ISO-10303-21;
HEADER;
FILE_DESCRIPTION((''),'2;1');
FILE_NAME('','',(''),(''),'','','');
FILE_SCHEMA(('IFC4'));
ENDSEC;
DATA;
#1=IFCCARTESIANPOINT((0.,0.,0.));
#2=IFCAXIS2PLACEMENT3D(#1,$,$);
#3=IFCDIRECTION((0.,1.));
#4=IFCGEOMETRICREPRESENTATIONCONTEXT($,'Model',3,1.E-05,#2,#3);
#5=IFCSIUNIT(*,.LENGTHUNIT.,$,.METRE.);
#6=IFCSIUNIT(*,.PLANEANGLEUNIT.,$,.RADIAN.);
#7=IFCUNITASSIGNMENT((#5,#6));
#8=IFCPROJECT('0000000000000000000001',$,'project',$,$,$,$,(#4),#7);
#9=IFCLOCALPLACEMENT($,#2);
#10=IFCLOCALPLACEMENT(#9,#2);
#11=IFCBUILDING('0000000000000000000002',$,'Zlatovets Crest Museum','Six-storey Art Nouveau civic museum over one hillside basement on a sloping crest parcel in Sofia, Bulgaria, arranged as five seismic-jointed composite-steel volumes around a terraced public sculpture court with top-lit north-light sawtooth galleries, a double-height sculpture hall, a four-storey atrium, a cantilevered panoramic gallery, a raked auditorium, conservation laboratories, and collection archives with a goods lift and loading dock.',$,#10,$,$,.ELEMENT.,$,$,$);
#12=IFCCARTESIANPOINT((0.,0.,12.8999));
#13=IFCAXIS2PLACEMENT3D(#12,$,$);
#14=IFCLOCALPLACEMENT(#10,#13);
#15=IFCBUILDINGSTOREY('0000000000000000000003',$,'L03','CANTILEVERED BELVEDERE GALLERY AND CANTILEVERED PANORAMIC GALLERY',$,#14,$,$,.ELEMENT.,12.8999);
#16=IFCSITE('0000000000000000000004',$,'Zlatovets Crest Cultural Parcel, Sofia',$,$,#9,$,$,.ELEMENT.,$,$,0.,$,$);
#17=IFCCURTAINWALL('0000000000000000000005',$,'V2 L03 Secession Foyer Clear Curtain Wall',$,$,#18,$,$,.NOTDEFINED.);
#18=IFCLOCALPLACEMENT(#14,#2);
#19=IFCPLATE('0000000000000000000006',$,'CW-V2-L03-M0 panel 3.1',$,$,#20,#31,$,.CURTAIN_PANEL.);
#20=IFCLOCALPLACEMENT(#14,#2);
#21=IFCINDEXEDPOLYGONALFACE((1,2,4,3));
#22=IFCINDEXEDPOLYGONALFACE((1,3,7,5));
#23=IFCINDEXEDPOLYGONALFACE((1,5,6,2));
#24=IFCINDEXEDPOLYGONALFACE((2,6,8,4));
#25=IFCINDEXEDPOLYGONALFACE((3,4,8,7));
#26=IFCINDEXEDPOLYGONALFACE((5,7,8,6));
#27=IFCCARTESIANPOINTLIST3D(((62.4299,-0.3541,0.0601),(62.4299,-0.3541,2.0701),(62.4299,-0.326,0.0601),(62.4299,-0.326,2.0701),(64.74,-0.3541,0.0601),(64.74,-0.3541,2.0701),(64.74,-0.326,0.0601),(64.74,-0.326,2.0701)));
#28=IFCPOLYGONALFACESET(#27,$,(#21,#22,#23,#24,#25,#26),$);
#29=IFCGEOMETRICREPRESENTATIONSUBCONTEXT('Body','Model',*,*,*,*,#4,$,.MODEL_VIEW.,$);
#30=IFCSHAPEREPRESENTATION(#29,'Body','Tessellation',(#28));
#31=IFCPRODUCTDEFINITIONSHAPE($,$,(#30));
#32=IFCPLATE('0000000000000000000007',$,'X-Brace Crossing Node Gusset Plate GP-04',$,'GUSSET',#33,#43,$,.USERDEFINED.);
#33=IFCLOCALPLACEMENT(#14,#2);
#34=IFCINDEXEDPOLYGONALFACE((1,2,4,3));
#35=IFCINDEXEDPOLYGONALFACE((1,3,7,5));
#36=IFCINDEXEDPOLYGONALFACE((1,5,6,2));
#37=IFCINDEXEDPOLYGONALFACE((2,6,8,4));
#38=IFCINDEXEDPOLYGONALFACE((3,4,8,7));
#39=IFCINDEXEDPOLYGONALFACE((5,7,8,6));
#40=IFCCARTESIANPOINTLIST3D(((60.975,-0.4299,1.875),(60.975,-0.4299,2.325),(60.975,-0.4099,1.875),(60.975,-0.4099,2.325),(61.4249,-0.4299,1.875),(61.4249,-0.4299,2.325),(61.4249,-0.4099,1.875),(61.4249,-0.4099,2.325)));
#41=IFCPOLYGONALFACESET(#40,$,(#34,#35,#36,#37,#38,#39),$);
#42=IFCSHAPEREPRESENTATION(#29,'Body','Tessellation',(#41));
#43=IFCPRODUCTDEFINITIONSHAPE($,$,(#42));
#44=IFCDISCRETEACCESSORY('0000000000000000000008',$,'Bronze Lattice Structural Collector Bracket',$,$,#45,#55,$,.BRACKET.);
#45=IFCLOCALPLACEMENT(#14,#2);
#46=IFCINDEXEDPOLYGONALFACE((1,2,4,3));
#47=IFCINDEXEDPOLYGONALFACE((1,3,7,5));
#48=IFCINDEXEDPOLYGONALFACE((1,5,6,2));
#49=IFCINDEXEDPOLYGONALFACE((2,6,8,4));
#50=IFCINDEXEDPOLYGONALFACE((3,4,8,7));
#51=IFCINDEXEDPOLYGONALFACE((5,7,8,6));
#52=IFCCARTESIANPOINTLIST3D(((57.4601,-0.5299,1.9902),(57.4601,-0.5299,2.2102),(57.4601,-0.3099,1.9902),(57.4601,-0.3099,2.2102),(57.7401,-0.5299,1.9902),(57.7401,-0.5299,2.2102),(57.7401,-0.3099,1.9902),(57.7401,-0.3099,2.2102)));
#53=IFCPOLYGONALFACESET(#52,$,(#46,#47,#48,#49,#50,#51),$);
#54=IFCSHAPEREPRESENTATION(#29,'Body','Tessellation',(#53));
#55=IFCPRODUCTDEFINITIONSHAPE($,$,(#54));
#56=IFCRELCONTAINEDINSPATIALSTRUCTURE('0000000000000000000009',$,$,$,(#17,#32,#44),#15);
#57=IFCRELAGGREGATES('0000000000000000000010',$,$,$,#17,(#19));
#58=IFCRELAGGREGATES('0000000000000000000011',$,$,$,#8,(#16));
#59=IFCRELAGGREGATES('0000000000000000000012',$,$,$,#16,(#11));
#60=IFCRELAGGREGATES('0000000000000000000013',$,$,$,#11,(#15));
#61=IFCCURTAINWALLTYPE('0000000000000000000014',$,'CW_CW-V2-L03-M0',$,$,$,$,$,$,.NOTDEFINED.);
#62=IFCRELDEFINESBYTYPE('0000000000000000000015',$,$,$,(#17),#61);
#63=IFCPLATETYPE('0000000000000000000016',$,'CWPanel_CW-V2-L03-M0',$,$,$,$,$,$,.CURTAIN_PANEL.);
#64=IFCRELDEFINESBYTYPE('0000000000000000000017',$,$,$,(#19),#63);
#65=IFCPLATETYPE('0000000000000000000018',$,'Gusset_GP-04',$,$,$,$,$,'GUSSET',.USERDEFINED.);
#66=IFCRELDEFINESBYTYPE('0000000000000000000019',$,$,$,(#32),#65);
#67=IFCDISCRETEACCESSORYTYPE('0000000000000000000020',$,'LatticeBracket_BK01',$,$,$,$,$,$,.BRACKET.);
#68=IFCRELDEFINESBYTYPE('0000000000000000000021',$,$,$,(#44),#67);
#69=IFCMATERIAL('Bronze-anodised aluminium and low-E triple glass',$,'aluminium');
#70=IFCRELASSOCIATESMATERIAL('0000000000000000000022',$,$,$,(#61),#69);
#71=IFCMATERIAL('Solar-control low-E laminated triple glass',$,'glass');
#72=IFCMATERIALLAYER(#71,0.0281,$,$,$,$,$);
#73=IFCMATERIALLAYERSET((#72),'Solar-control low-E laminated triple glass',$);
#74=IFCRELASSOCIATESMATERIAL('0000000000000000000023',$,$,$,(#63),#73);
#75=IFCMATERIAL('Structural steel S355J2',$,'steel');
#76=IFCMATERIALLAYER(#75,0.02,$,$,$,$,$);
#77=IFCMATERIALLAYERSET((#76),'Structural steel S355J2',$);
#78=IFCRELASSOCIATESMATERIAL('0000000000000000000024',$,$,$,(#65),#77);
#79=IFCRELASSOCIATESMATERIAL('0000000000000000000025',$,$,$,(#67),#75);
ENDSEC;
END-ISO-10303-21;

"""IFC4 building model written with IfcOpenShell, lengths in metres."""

from ifc_helpers import new_model, si_unit, direction, frame, origin, origin_2d, place, context, subcontext, project, spatial, rectangle, extrude, material, layer, layer_set, type_object, element, aggregate, save


model = new_model("IFC4")

# Units and contexts
model_context = context("Model", 3, precision=1e-05, world=origin(), true_north=direction((0.0, 1.0)))
body_context = subcontext(model_context, "Body", "Model", "MODEL_VIEW")
ifc_project = project(units=[si_unit("LENGTHUNIT", "METRE"), si_unit("PLANEANGLEUNIT", "RADIAN")], contexts=[model_context])

# Site, building, storey
site_placement = place(None, origin())
site = spatial("IfcSite", under=ifc_project, at=site_placement, Name="Zlatovets Crest Cultural Parcel, Sofia", CompositionType="ELEMENT", RefElevation=0.0)
building_placement = place(site_placement, origin())
building = spatial("IfcBuilding", under=site, at=building_placement, Name="Zlatovets Crest Museum", Description="Six-storey Art Nouveau civic museum over one hillside basement on a sloping crest parcel in Sofia, Bulgaria, arranged as five seismic-jointed composite-steel volumes around a terraced public sculpture court with top-lit north-light sawtooth galleries, a double-height sculpture hall, a four-storey atrium, a cantilevered panoramic gallery, a raked auditorium, conservation laboratories, and collection archives with a goods lift and loading dock.", CompositionType="ELEMENT")
storey_placement = place(building_placement, frame((0.0, 0.0, 12.8999)))
storey = spatial("IfcBuildingStorey", under=building, at=storey_placement, Name="L03", Description="CANTILEVERED BELVEDERE GALLERY AND CANTILEVERED PANORAMIC GALLERY", CompositionType="ELEMENT", Elevation=12.8999)

# Curtain wall
ifc_material_1 = material(Name="Bronze-anodised aluminium and low-E triple glass", Category="aluminium")
curtain_wall_type = type_object("IfcCurtainWallType", Name="CW_CW-V2-L03-M0", PredefinedType="NOTDEFINED", material=ifc_material_1)
curtain_wall_placement = place(storey_placement, origin())
curtain_wall = element("IfcCurtainWall", 1, at=curtain_wall_placement, inside=storey, type_object=curtain_wall_type, Name="V2 L03 Secession Foyer Clear Curtain Wall", PredefinedType="NOTDEFINED")

# Plates
ifc_material_2 = material(Name="Solar-control low-E laminated triple glass", Category="glass")
ifc_layer_1 = layer(ifc_material_2, 0.0281)
ifc_layer_set_1 = layer_set([ifc_layer_1], Name="Solar-control low-E laminated triple glass")
plate_type_1 = type_object("IfcPlateType", Name="CWPanel_CW-V2-L03-M0", PredefinedType="CURTAIN_PANEL", material=ifc_layer_set_1)
plate_1_placement = place(storey_placement, frame((63.585, -0.3401, 0.0601), z_axis=(0.0, 0.0, 1.0), x_axis=(1.0, 0.0, 0.0)))
plate_1 = element("IfcPlate", 2, at=plate_1_placement, type_object=plate_type_1, Name="CW-V2-L03-M0 panel 3.1", PredefinedType="CURTAIN_PANEL", context=body_context, shape_type="SweptSolid", body=[
    extrude(rectangle(XDim=2.3101, YDim=0.0281, at=origin_2d()), origin(), (0.0, 0.0, 1.0), 2.01),
])
aggregate(curtain_wall, [plate_1])
ifc_material_3 = material(Name="Structural steel S355J2", Category="steel")
ifc_layer_2 = layer(ifc_material_3, 0.02)
ifc_layer_set_2 = layer_set([ifc_layer_2], Name="Structural steel S355J2")
plate_type_2 = type_object("IfcPlateType", Name="Gusset_GP-04", ElementType="GUSSET", PredefinedType="USERDEFINED", material=ifc_layer_set_2)
plate_2_placement = place(storey_placement, frame((61.2, -0.4199, 1.875), z_axis=(0.0, 0.0, 1.0), x_axis=(1.0, 0.0, 0.0)))
element("IfcPlate", 3, at=plate_2_placement, inside=storey, type_object=plate_type_2, Name="X-Brace Crossing Node Gusset Plate GP-04", ObjectType="GUSSET", PredefinedType="USERDEFINED", context=body_context, shape_type="SweptSolid", body=[
    extrude(rectangle(XDim=0.45, YDim=0.02, at=origin_2d()), origin(), (0.0, 0.0, 1.0), 0.45),
])

# Discrete accessory
discrete_accessory_type = type_object("IfcDiscreteAccessoryType", Name="LatticeBracket_BK01", PredefinedType="BRACKET", material=ifc_material_3)
discrete_accessory_placement = place(storey_placement, frame((57.6001, -0.4199, 1.9902), z_axis=(0.0, 0.0, 1.0), x_axis=(1.0, 0.0, 0.0)))
element("IfcDiscreteAccessory", 4, at=discrete_accessory_placement, inside=storey, type_object=discrete_accessory_type, Name="Bronze Lattice Structural Collector Bracket", PredefinedType="BRACKET", context=body_context, shape_type="SweptSolid", body=[
    extrude(rectangle(XDim=0.28, YDim=0.22, at=origin_2d()), origin(), (0.0, 0.0, 1.0), 0.22),
])

save(model, "model.ifc")
